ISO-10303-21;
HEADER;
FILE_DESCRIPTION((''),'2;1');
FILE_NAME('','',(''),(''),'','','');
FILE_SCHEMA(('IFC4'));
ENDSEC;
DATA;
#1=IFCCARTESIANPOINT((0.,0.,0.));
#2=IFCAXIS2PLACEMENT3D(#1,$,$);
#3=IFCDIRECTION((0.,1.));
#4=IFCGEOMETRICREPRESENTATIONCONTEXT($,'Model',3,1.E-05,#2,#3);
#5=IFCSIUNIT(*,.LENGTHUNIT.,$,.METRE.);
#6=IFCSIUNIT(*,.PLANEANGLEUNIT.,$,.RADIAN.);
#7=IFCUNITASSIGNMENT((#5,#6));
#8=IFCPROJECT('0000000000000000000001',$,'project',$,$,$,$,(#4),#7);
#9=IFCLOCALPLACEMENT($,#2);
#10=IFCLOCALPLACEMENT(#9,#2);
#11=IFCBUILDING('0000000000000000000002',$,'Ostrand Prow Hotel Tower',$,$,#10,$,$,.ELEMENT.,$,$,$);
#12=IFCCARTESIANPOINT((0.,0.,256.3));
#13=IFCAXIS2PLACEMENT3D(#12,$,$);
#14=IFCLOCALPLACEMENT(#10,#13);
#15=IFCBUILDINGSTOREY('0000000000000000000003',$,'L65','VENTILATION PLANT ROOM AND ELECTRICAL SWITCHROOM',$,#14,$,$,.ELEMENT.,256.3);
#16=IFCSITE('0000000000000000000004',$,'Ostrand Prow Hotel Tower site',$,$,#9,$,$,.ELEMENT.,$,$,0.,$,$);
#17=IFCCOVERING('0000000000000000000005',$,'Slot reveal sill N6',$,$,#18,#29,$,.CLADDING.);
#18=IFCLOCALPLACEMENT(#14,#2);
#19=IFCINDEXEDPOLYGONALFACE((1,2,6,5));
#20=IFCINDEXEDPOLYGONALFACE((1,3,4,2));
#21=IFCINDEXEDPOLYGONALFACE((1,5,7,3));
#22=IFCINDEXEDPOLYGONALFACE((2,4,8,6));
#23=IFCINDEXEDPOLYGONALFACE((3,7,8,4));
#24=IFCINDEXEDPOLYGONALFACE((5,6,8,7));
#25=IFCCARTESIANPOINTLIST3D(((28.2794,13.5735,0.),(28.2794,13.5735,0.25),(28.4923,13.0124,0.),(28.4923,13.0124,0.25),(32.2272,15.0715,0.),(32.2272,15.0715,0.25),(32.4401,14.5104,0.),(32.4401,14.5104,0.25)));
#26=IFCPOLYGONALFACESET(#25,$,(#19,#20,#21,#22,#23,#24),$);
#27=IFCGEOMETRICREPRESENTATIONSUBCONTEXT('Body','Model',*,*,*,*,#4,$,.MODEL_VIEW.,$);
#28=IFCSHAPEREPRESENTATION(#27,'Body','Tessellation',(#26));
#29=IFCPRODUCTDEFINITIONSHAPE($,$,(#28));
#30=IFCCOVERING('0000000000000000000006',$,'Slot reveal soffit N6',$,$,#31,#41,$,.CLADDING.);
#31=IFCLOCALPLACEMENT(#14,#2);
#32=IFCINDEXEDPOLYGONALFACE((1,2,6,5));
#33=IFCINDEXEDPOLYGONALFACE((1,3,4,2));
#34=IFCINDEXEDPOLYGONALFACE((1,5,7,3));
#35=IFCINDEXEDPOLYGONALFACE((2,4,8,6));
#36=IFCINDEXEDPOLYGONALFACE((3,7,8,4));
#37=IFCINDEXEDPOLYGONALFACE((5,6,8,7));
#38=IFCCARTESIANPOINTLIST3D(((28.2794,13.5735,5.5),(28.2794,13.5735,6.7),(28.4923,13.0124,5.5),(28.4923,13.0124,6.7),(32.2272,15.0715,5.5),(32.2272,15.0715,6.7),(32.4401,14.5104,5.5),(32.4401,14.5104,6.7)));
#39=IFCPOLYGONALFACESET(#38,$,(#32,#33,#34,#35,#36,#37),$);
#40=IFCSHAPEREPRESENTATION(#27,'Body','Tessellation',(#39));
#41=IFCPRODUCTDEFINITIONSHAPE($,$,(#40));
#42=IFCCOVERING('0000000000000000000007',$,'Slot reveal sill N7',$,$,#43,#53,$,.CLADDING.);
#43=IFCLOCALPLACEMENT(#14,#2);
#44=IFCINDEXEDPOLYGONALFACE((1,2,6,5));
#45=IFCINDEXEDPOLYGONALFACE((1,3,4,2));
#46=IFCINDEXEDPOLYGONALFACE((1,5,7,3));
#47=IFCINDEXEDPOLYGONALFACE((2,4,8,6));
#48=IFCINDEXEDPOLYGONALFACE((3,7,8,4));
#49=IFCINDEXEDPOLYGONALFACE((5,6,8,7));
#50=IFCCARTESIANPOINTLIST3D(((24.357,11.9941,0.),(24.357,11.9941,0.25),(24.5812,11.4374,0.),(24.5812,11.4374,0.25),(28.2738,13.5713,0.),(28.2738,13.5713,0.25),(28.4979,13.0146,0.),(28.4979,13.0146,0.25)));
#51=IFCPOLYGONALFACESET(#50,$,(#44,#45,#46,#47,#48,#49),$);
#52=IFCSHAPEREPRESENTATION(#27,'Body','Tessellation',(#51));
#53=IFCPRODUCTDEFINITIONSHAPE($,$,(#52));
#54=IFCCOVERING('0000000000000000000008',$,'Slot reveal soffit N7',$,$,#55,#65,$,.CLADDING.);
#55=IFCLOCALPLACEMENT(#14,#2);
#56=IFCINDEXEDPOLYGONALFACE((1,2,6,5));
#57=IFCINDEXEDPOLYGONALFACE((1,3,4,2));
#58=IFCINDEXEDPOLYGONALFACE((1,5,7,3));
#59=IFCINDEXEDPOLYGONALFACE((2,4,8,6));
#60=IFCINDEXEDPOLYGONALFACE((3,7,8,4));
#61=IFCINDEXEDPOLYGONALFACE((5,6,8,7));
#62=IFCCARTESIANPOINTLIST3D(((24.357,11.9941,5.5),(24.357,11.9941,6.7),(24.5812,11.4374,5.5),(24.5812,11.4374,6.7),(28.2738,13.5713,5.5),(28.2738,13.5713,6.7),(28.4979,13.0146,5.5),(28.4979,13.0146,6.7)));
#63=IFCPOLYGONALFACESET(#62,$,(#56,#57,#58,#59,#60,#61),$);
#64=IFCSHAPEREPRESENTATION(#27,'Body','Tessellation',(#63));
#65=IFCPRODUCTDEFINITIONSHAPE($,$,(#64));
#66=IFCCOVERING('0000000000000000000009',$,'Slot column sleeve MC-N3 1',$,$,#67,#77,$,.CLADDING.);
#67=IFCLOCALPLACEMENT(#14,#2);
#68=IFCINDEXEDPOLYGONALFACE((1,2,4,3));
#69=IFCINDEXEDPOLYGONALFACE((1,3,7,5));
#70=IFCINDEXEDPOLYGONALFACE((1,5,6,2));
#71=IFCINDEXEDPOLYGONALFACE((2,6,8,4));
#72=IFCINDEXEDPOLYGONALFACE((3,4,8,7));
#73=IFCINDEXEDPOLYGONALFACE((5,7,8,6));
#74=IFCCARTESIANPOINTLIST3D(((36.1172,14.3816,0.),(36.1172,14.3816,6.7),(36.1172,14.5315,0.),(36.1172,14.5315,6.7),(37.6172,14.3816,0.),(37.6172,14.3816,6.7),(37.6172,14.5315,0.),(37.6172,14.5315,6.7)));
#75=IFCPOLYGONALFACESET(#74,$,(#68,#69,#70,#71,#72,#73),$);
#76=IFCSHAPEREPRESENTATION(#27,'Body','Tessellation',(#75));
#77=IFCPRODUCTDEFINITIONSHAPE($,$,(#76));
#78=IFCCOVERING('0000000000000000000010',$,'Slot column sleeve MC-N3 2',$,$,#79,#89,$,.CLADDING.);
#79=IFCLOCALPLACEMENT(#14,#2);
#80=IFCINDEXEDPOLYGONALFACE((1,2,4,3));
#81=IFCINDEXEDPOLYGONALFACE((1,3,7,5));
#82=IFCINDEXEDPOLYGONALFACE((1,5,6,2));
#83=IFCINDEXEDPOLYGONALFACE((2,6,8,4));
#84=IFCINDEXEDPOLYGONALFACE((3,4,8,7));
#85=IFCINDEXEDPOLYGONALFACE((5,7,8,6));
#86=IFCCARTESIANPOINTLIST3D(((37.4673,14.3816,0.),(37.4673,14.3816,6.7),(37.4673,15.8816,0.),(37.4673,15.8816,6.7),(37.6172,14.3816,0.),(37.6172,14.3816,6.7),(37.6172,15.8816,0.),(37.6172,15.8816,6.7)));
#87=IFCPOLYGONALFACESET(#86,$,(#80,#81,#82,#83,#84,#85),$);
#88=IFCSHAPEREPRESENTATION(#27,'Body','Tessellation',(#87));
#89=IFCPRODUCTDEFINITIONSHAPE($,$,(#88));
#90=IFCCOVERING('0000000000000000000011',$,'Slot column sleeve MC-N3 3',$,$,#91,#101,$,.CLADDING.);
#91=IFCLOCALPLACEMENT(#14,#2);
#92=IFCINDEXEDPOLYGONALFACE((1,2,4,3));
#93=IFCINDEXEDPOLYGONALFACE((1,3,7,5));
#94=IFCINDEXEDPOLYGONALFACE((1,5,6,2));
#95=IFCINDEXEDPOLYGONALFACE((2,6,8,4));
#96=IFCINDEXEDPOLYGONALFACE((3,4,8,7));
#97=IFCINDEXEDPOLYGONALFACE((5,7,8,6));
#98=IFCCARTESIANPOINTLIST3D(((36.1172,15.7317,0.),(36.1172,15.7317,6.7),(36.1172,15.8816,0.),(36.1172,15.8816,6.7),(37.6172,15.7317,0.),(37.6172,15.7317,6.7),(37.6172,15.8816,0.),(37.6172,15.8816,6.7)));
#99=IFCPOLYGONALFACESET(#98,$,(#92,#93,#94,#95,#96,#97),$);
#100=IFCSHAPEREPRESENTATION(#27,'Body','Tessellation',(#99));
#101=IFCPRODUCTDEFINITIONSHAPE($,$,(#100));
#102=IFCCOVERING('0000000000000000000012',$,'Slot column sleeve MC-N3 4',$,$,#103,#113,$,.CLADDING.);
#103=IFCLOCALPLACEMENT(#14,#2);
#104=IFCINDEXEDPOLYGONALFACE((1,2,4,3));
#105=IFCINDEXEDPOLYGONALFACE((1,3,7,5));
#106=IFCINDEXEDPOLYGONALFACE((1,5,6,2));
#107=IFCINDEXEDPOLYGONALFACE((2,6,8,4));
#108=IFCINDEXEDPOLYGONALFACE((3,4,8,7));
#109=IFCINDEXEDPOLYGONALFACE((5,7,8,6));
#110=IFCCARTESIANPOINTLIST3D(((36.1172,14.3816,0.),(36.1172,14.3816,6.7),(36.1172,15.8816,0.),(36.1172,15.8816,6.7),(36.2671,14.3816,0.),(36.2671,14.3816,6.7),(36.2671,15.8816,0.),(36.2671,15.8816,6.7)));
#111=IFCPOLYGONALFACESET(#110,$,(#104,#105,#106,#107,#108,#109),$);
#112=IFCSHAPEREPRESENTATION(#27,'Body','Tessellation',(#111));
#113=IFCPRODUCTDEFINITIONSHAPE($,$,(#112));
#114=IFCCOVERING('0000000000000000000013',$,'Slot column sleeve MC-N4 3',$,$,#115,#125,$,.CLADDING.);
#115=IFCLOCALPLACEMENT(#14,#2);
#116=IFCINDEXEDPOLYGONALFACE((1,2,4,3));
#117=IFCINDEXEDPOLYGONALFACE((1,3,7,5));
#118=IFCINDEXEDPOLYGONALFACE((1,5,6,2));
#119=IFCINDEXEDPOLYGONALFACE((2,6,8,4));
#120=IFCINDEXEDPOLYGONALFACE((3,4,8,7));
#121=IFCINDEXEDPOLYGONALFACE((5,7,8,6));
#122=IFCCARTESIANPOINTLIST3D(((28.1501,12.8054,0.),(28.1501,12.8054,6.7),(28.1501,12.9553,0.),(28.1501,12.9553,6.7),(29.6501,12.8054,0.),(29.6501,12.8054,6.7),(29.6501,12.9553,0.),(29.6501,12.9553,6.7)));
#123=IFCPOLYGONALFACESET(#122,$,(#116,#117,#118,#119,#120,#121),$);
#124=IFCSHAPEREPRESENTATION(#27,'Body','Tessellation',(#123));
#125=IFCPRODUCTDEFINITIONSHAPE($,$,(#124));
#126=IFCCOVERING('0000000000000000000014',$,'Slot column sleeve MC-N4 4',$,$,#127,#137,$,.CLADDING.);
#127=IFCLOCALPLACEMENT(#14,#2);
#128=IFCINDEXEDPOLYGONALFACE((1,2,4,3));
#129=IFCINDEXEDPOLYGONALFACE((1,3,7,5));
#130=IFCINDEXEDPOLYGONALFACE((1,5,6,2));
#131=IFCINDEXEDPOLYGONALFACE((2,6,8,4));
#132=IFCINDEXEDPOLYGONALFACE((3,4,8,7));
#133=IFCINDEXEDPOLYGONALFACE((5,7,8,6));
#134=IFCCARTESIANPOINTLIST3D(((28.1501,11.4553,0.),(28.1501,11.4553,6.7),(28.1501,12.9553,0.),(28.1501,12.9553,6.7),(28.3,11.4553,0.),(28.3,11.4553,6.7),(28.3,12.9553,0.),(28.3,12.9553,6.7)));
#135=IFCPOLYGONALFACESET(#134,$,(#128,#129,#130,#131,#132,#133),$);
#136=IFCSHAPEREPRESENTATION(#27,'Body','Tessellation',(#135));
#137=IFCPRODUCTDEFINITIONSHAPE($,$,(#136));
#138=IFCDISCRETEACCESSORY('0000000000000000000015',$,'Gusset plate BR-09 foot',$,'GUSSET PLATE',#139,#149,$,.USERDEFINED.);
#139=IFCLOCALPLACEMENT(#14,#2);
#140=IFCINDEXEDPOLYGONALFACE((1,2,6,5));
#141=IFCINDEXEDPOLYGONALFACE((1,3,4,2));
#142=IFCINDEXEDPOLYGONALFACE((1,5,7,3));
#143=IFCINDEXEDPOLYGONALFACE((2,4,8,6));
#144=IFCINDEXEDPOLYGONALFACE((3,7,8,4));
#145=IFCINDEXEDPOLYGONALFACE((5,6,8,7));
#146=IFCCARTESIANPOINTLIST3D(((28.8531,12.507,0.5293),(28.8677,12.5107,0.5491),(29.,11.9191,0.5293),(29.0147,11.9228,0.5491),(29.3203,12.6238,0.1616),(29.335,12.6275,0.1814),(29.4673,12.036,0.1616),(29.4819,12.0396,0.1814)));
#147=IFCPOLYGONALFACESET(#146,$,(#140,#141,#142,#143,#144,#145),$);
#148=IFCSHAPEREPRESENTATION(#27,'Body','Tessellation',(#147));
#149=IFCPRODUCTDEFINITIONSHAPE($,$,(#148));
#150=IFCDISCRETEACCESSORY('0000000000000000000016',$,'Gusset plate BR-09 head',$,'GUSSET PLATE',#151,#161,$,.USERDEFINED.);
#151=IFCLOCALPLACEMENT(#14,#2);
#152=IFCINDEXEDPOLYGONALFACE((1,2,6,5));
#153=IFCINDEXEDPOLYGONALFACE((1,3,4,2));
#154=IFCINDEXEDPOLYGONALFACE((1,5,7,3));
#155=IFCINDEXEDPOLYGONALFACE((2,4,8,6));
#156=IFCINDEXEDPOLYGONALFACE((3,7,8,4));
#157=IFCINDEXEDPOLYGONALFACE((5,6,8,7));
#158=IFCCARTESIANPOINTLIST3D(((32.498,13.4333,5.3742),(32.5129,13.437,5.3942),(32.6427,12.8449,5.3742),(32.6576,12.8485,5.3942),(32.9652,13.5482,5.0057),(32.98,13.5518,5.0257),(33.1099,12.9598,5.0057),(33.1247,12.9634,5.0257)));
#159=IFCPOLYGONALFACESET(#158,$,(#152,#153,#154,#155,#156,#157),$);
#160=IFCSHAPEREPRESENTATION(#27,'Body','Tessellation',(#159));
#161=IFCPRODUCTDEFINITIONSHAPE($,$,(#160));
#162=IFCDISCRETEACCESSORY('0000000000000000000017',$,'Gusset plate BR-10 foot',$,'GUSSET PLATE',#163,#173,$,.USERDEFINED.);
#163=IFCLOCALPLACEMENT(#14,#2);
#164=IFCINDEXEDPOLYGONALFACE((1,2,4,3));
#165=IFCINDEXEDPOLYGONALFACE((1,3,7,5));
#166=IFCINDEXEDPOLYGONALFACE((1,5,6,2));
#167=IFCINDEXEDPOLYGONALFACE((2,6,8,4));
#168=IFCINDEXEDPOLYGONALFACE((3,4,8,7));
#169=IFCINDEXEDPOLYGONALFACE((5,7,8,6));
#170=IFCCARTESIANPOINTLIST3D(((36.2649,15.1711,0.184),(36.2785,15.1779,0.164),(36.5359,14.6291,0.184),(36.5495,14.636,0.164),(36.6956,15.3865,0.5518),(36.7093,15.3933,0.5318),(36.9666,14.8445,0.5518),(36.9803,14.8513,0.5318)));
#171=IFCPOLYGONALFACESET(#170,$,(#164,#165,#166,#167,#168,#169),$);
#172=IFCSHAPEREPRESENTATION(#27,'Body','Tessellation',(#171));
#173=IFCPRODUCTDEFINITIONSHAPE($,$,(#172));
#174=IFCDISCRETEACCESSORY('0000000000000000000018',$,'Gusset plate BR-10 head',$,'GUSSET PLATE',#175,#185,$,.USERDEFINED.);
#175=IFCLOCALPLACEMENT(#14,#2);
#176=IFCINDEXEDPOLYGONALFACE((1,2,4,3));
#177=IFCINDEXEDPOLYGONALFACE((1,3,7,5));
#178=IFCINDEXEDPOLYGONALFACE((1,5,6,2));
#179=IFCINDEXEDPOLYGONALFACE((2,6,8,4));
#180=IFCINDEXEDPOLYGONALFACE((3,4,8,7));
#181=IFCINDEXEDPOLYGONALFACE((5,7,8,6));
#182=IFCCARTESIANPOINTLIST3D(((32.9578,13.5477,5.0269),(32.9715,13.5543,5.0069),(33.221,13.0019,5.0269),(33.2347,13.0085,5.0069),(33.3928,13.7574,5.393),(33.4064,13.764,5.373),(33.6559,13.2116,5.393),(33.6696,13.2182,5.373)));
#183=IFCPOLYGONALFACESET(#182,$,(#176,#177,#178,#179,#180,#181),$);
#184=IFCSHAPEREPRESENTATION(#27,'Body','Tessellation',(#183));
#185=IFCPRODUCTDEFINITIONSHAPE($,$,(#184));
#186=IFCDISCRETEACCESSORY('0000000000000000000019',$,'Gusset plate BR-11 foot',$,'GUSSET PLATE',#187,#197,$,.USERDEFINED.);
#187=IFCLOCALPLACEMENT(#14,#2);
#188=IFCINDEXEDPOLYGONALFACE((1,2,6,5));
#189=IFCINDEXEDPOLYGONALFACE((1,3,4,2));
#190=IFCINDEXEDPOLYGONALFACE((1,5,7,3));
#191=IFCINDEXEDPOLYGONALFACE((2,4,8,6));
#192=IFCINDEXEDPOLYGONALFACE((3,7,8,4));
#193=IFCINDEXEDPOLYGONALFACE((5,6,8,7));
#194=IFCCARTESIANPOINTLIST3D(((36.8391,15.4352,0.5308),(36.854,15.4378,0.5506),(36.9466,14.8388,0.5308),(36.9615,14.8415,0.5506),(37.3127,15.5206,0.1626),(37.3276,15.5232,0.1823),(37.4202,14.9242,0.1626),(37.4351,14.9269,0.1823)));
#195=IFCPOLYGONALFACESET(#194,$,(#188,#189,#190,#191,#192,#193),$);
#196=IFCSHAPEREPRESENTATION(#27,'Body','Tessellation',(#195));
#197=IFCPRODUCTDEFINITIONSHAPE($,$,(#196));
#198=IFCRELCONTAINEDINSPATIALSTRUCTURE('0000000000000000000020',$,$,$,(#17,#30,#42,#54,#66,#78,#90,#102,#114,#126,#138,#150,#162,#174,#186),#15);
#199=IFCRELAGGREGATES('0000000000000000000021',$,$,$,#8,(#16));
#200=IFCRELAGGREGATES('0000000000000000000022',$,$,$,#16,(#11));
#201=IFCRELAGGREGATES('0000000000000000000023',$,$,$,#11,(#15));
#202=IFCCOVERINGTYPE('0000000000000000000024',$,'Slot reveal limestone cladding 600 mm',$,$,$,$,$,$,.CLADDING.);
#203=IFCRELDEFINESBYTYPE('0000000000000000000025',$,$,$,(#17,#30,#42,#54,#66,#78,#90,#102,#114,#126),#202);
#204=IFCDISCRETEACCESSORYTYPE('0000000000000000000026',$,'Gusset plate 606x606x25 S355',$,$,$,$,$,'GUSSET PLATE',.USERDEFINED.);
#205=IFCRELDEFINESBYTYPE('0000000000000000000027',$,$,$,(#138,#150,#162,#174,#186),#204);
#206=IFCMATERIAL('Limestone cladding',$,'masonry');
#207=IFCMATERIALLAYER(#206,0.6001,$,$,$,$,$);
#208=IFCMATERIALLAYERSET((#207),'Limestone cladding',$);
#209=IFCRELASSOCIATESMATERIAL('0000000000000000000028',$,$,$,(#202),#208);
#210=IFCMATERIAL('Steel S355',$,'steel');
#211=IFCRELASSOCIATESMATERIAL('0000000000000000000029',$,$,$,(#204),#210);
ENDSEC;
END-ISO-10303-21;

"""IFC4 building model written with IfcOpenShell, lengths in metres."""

from ifc_helpers import new_model, si_unit, direction, frame, frame_2d, origin, origin_2d, place, context, subcontext, project, spatial, rectangle, extrude, material, layer, layer_set, material_profile, profile_set, type_object, element, save


model = new_model("IFC4")

# Units and contexts
model_context = context("Model", 3, precision=1e-05, world=origin(), true_north=direction((0.0, 1.0)))
body_context = subcontext(model_context, "Body", "Model", "MODEL_VIEW")
ifc_project = project(units=[si_unit("LENGTHUNIT", "METRE"), si_unit("PLANEANGLEUNIT", "RADIAN")], contexts=[model_context])

# Site, building, storey
site_placement = place(None, origin())
site = spatial("IfcSite", under=ifc_project, at=site_placement, Name="Ostrand Prow Hotel Tower site", CompositionType="ELEMENT", RefElevation=0.0)
building_placement = place(site_placement, origin())
building = spatial("IfcBuilding", under=site, at=building_placement, Name="Ostrand Prow Hotel Tower", CompositionType="ELEMENT")
storey_placement = place(building_placement, frame((0.0, 0.0, 256.3)))
storey = spatial("IfcBuildingStorey", under=building, at=storey_placement, Name="L65", Description="VENTILATION PLANT ROOM AND ELECTRICAL SWITCHROOM", CompositionType="ELEMENT", Elevation=256.3)

# Coverings
ifc_material_1 = material(Name="Limestone cladding", Category="masonry")
ifc_layer_1 = layer(ifc_material_1, 0.6001)
ifc_layer_set_1 = layer_set([ifc_layer_1], Name="Limestone cladding")
covering_type_1 = type_object("IfcCoveringType", Name="Slot reveal limestone cladding 600 mm", PredefinedType="CLADDING", material=ifc_layer_set_1)
covering_1_placement = place(storey_placement, frame((32.3337, 14.791, 0.0), z_axis=(0.0, 0.0, 1.0), x_axis=(-0.934949, -0.354783, 0.0)))
element("IfcCovering", 1, at=covering_1_placement, inside=storey, type_object=covering_type_1, Name="Slot reveal sill N6", PredefinedType="CLADDING", context=body_context, shape_type="SweptSolid", body=[
    extrude(rectangle(XDim=4.2224, YDim=0.6001, at=frame_2d((2.1113, 0.0))), origin(), (0.0, 0.0, 1.0), 0.25),
])
covering_2_placement = place(storey_placement, frame((32.3337, 14.791, 5.5), z_axis=(0.0, 0.0, 1.0), x_axis=(-0.934949, -0.354783, 0.0)))
element("IfcCovering", 2, at=covering_2_placement, inside=storey, type_object=covering_type_1, Name="Slot reveal soffit N6", PredefinedType="CLADDING", context=body_context, shape_type="SweptSolid", body=[
    extrude(rectangle(XDim=4.2224, YDim=0.6001, at=frame_2d((2.1113, 0.0))), origin(), (0.0, 0.0, 1.0), 1.2),
])
covering_3_placement = place(storey_placement, frame((28.386, 13.293, 0.0), z_axis=(0.0, 0.0, 1.0), x_axis=(-0.927621, -0.373523, 0.0)))
element("IfcCovering", 3, at=covering_3_placement, inside=storey, type_object=covering_type_1, Name="Slot reveal sill N7", PredefinedType="CLADDING", context=body_context, shape_type="SweptSolid", body=[
    extrude(rectangle(XDim=4.2224, YDim=0.6001, at=frame_2d((2.1113, 0.0))), origin(), (0.0, 0.0, 1.0), 0.25),
])
covering_4_placement = place(storey_placement, frame((28.386, 13.293, 5.5), z_axis=(0.0, 0.0, 1.0), x_axis=(-0.927621, -0.373523, 0.0)))
element("IfcCovering", 4, at=covering_4_placement, inside=storey, type_object=covering_type_1, Name="Slot reveal soffit N7", PredefinedType="CLADDING", context=body_context, shape_type="SweptSolid", body=[
    extrude(rectangle(XDim=4.2224, YDim=0.6001, at=frame_2d((2.1113, 0.0))), origin(), (0.0, 0.0, 1.0), 1.2),
])
for number, where, z_axis, x_axis, name in (
    (5, (36.1172, 14.4565, 0.0), (0.0, 0.0, 1.0), (1.0, 0.0, 0.0), "Slot column sleeve MC-N3 1"),
    (6, (37.5422, 14.3816, 0.0), (0.0, 0.0, 1.0), (0.0, 1.0, 0.0), "Slot column sleeve MC-N3 2"),
    (7, (37.6172, 15.8066, 0.0), (0.0, 0.0, 1.0), (-1.0, 0.0, 0.0), "Slot column sleeve MC-N3 3"),
    (8, (36.1921, 15.8816, 0.0), (0.0, 0.0, 1.0), (0.0, -1.0, 0.0), "Slot column sleeve MC-N3 4"),
    (9, (29.6501, 12.8804, 0.0), (0.0, 0.0, 1.0), (-1.0, 0.0, 0.0), "Slot column sleeve MC-N4 3"),
    (10, (28.2251, 12.9553, 0.0), (0.0, 0.0, 1.0), (0.0, -1.0, 0.0), "Slot column sleeve MC-N4 4"),
):
    element("IfcCovering", number, at=place(storey_placement, frame(where, z_axis=z_axis, x_axis=x_axis)), inside=storey, type_object=covering_type_1, Name=name, PredefinedType="CLADDING", context=body_context, shape_type="SweptSolid", body=[
        extrude(rectangle(XDim=1.5, YDim=0.1499, at=frame_2d((0.75, 0.0))), origin(), (0.0, 0.0, 1.0), 6.7),
    ])

# Discrete accessories
ifc_material_2 = material(Name="Steel S355", Category="steel")
ifc_material_profile_1 = material_profile(ifc_material_2, rectangle(XDim=0.606, YDim=0.606, at=origin_2d()), Name="PL 606x606x25")
ifc_profile_set_1 = profile_set([ifc_material_profile_1], Name="Steel S355")
discrete_accessory_type = type_object("IfcDiscreteAccessoryType", Name="Gusset plate 606x606x25 S355", ElementType="GUSSET PLATE", PredefinedType="USERDEFINED", material=ifc_profile_set_1)
discrete_accessory_1_placement = place(storey_placement, frame((29.1602, 12.2715, 0.3455), z_axis=(0.588745, 0.147186, 0.794805), x_axis=(-0.242536, 0.970143, 0.0)))
element("IfcDiscreteAccessory", 11, at=discrete_accessory_1_placement, inside=storey, type_object=discrete_accessory_type, Name="Gusset plate BR-09 foot", ObjectType="GUSSET PLATE", PredefinedType="USERDEFINED", context=body_context, shape_type="SweptSolid", body=[
    extrude(rectangle(XDim=0.606, YDim=0.606, at=origin_2d()), origin(), (0.0, 0.0, 1.0), 0.0249),
])
for number, where, z_axis, x_axis, name in (
    (12, (32.804, 13.1965, 5.1899), (0.590538, 0.145214, 0.793838), (-0.238788, 0.971072, 0.0), "Gusset plate BR-09 head"),
    (13, (36.6294, 15.0146, 0.3479), (-0.542795, -0.271397, 0.794807), (0.447214, -0.894427, 0.0), "Gusset plate BR-10 foot"),
    (14, (33.3206, 13.3862, 5.1899), (-0.544203, -0.262383, 0.796868), (0.434299, -0.900769, 0.0), "Gusset plate BR-10 head"),
):
    element("IfcDiscreteAccessory", number, at=place(storey_placement, frame(where, z_axis=z_axis, x_axis=x_axis)), inside=storey, type_object=discrete_accessory_type, Name=name, ObjectType="GUSSET PLATE", PredefinedType="USERDEFINED", context=body_context, shape_type="SweptSolid", body=[
        extrude(rectangle(XDim=0.606, YDim=0.606, at=origin_2d()), origin(), (0.0, 0.0, 1.0), 0.0251),
    ])
discrete_accessory_2_placement = place(storey_placement, frame((37.1296, 15.1797, 0.3467), z_axis=(0.598068, 0.107848, 0.794156), x_axis=(-0.177466, 0.984127, 0.0)))
element("IfcDiscreteAccessory", 15, at=discrete_accessory_2_placement, inside=storey, type_object=discrete_accessory_type, Name="Gusset plate BR-11 foot", ObjectType="GUSSET PLATE", PredefinedType="USERDEFINED", context=body_context, shape_type="SweptSolid", body=[
    extrude(rectangle(XDim=0.606, YDim=0.606, at=origin_2d()), origin(), (0.0, 0.0, 1.0), 0.0249),
])

save(model, "model.ifc")
